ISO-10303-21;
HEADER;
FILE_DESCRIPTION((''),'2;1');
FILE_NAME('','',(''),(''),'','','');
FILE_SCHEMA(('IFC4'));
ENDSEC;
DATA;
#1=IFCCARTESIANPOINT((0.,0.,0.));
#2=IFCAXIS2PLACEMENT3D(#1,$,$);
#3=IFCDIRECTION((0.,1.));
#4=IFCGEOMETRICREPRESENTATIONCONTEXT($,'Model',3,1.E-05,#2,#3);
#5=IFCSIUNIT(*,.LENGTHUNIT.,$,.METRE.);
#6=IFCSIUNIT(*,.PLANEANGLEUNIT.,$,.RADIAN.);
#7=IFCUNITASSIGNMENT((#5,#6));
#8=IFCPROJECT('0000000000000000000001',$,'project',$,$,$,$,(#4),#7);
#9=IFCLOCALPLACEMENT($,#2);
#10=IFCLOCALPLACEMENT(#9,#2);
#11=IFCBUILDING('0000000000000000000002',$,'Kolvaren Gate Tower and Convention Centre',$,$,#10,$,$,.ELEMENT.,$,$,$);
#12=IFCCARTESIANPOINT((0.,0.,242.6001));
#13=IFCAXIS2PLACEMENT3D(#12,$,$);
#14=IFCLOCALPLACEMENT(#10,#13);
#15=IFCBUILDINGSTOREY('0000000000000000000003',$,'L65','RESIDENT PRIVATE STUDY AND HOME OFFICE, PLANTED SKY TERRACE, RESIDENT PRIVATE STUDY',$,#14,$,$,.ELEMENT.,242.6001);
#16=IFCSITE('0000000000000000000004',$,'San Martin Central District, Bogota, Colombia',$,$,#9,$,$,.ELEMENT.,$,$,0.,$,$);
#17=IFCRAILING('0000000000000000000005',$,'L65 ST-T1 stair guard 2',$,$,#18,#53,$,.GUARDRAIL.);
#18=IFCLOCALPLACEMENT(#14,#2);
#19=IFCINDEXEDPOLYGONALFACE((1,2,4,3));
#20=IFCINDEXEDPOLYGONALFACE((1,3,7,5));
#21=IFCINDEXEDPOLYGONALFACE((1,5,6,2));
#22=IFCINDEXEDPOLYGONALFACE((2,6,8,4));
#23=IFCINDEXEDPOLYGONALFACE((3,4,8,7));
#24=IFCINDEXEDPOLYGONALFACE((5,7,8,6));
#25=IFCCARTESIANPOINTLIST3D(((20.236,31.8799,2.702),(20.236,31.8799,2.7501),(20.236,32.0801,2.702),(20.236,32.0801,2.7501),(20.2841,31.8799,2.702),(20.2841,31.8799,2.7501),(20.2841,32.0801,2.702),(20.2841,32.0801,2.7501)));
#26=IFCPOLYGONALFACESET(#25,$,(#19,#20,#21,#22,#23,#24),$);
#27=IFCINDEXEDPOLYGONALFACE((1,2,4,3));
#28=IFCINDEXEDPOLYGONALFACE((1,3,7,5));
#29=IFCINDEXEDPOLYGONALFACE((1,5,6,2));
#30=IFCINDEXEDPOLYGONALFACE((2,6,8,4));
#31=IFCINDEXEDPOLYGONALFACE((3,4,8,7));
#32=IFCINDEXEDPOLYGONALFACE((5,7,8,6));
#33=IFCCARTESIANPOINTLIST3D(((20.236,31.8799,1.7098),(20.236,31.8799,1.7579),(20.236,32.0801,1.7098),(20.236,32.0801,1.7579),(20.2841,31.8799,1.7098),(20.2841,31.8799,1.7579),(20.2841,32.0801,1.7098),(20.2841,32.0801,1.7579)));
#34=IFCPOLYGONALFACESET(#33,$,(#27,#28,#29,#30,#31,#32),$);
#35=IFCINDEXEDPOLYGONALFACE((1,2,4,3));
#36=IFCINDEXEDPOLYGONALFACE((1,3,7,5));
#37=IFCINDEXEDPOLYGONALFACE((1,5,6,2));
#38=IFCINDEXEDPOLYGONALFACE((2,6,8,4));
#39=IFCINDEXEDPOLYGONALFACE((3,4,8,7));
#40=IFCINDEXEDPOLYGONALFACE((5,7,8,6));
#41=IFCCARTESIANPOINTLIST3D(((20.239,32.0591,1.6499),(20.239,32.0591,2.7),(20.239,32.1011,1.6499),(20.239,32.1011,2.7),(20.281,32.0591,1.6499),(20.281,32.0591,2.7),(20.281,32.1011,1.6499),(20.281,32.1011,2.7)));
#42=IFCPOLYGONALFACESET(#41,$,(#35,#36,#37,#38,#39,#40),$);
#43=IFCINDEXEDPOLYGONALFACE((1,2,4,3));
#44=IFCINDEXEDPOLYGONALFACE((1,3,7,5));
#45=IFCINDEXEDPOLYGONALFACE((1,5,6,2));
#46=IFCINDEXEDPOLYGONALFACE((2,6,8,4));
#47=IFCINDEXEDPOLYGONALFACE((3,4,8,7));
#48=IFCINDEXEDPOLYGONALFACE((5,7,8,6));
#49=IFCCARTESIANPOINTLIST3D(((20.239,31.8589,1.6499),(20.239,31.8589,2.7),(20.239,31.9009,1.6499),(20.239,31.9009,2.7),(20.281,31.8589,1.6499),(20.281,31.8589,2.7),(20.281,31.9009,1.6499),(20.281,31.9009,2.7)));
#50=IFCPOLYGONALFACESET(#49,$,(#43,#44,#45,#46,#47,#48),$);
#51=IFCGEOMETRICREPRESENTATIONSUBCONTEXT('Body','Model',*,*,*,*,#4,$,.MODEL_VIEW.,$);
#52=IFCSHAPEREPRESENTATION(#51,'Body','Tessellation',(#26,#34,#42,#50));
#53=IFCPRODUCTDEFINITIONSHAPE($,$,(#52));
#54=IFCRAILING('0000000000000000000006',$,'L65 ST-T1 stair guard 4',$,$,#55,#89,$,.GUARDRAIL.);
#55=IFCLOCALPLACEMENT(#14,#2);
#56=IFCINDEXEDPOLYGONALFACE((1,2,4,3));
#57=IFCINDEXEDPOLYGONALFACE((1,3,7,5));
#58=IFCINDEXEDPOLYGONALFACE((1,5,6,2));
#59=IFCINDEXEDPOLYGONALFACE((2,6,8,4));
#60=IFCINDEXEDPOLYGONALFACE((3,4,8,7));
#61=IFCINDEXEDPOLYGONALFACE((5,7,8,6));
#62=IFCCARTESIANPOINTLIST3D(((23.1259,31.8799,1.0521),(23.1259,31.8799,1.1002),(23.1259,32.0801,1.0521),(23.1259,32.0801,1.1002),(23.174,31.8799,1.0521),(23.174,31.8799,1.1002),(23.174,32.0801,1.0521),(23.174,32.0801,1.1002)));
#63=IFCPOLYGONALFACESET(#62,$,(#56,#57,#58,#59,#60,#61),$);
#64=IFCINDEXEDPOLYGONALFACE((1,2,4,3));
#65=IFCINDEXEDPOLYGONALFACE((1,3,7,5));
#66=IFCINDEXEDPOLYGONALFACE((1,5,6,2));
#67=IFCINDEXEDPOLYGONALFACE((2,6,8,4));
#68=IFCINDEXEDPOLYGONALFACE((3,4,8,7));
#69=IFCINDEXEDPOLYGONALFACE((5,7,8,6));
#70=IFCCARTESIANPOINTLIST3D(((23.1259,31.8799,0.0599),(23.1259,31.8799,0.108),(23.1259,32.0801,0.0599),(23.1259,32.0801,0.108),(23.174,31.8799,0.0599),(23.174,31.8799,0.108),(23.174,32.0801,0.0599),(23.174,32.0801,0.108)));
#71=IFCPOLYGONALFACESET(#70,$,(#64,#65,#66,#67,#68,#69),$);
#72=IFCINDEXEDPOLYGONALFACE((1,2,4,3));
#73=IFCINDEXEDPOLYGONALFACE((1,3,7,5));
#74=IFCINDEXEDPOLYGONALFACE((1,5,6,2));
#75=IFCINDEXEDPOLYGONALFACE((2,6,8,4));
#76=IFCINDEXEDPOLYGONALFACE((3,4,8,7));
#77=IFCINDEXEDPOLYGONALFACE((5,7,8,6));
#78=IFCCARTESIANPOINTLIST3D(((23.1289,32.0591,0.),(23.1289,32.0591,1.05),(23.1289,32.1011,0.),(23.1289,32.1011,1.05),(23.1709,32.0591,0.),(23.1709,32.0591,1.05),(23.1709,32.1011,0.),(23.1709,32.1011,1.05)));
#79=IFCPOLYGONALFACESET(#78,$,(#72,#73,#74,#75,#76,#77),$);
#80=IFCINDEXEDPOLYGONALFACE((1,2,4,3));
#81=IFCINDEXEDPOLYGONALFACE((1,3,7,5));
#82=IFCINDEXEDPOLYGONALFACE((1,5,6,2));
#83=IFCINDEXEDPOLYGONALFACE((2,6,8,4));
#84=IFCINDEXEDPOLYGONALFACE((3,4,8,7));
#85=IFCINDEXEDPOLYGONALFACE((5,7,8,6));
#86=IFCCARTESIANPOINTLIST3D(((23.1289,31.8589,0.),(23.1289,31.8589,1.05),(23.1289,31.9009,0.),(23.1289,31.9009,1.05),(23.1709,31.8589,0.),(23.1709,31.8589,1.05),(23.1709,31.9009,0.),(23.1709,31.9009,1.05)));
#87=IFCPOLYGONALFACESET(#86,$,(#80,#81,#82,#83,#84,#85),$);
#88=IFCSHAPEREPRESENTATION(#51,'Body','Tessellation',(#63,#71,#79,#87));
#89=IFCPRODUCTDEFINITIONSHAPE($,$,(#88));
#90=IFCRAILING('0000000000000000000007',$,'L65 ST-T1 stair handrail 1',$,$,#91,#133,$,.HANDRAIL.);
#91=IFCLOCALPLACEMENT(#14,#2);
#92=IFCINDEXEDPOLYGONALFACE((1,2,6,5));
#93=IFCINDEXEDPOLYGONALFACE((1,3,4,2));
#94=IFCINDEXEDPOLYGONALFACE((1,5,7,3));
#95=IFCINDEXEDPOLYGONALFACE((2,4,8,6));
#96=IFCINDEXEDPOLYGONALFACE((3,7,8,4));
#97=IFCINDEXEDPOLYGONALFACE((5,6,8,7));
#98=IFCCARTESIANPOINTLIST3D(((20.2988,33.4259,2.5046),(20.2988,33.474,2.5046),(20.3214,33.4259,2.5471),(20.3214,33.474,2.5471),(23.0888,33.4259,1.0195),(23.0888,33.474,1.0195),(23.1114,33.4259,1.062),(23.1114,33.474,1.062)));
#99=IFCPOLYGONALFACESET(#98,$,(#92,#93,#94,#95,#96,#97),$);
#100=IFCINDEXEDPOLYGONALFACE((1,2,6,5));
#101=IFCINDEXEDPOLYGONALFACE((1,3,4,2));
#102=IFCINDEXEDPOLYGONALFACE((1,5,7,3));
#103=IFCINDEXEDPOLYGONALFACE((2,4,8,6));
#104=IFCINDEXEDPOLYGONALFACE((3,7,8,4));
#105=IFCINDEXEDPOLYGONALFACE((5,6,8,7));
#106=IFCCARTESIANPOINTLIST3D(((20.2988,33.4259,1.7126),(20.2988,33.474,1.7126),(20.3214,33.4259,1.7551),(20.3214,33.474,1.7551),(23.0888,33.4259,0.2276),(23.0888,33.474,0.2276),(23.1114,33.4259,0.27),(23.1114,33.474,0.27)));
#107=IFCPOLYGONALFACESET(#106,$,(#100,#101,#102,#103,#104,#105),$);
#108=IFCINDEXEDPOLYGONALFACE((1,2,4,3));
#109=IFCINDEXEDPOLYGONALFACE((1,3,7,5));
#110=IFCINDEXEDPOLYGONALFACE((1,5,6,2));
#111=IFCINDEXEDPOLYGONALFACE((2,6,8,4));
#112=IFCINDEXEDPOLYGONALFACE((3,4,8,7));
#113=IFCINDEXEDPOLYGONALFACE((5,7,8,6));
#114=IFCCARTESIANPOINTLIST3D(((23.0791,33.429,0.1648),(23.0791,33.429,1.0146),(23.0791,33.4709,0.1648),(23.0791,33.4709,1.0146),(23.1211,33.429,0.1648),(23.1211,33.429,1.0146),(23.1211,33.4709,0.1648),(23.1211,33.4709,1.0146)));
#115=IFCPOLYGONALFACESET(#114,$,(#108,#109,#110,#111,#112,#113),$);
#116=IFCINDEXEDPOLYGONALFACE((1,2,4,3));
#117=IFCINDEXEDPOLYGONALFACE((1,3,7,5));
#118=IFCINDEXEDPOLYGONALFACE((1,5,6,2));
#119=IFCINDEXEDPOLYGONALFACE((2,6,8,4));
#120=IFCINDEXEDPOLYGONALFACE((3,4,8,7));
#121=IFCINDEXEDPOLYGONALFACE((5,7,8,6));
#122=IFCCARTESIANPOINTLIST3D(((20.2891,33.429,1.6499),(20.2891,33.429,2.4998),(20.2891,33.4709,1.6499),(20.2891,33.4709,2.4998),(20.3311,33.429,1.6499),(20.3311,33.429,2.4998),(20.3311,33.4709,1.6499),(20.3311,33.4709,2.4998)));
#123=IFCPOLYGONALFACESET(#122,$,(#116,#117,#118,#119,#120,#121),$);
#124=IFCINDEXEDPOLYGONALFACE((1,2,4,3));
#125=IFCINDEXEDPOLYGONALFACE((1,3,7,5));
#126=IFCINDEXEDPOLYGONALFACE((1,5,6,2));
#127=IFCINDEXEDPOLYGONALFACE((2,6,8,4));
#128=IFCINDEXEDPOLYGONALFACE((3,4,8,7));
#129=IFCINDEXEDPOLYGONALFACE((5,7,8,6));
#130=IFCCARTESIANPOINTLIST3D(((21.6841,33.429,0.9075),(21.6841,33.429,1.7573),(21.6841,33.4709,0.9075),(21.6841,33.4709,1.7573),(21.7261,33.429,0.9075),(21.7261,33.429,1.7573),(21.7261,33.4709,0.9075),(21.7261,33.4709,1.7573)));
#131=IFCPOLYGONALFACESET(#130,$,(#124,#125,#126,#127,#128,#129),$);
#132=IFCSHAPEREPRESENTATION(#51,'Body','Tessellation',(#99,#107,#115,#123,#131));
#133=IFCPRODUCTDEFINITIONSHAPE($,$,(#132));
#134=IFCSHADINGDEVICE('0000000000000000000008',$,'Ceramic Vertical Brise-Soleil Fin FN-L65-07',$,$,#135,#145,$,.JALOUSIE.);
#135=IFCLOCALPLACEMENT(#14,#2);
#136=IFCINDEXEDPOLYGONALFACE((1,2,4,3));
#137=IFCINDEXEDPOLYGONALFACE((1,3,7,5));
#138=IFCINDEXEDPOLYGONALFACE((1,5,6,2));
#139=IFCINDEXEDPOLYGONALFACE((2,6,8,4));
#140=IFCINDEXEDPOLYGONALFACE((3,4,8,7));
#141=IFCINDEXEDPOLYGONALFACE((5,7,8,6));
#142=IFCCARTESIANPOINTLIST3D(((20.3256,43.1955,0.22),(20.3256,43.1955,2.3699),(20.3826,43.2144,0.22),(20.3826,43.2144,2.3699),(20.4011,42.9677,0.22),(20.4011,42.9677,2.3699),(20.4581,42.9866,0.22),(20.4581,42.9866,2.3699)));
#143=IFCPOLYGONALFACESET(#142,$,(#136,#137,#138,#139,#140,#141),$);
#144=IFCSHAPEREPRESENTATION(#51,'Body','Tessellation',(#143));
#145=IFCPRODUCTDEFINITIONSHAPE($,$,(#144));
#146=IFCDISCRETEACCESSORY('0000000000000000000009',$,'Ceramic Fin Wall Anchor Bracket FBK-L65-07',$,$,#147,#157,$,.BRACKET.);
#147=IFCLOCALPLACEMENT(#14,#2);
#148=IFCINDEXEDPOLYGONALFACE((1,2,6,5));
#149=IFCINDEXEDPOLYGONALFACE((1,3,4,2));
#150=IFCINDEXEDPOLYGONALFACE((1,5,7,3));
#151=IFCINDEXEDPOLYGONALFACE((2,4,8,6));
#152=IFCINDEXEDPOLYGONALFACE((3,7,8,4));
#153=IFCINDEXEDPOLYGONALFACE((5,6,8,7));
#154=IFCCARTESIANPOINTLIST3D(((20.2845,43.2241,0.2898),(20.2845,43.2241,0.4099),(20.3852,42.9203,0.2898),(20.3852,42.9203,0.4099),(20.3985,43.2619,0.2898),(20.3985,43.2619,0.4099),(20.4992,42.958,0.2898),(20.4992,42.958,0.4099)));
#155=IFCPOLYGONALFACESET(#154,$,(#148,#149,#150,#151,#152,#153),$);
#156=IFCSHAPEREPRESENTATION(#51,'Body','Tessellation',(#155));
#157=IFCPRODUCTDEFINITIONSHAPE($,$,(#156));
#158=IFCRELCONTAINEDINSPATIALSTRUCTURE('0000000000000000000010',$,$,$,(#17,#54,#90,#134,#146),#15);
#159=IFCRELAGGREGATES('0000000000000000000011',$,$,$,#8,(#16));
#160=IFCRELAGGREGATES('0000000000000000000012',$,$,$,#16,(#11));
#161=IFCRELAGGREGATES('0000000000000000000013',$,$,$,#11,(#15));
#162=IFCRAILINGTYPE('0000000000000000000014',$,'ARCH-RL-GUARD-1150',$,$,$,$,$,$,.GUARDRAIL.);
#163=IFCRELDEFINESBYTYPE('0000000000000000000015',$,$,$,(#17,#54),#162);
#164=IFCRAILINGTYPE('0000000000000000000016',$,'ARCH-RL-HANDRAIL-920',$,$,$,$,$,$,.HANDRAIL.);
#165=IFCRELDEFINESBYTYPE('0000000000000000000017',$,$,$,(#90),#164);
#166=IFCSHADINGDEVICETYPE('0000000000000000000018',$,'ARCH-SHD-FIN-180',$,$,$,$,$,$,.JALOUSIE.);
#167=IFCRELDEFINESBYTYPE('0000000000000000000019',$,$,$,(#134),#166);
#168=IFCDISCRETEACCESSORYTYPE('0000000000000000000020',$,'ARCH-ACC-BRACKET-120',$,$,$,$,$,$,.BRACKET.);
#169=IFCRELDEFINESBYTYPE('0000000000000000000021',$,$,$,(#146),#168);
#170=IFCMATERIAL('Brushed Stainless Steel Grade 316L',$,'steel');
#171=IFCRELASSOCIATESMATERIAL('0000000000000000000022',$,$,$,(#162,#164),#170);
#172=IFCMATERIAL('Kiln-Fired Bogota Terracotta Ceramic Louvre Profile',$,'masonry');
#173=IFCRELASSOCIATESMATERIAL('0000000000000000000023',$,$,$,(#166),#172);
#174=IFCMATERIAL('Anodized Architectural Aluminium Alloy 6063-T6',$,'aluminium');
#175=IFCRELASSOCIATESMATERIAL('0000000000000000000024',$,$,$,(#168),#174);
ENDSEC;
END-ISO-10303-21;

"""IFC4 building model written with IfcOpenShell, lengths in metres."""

from ifc_helpers import new_model, si_unit, direction, frame, origin, origin_2d, place, context, subcontext, project, spatial, rectangle, extrude, material, type_object, element, save


model = new_model("IFC4")

# Units and contexts
model_context = context("Model", 3, precision=1e-05, world=origin(), true_north=direction((0.0, 1.0)))
body_context = subcontext(model_context, "Body", "Model", "MODEL_VIEW")
ifc_project = project(units=[si_unit("LENGTHUNIT", "METRE"), si_unit("PLANEANGLEUNIT", "RADIAN")], contexts=[model_context])

# Site, building, storey
site_placement = place(None, origin())
site = spatial("IfcSite", under=ifc_project, at=site_placement, Name="San Martin Central District, Bogota, Colombia", CompositionType="ELEMENT", RefElevation=0.0)
building_placement = place(site_placement, origin())
building = spatial("IfcBuilding", under=site, at=building_placement, Name="Kolvaren Gate Tower and Convention Centre", CompositionType="ELEMENT")
storey_placement = place(building_placement, frame((0.0, 0.0, 242.6001)))
storey = spatial("IfcBuildingStorey", under=building, at=storey_placement, Name="L65", Description="RESIDENT PRIVATE STUDY AND HOME OFFICE, PLANTED SKY TERRACE, RESIDENT PRIVATE STUDY", CompositionType="ELEMENT", Elevation=242.6001)

# Railings
ifc_material_1 = material(Name="Brushed Stainless Steel Grade 316L", Category="steel")
railing_type_1 = type_object("IfcRailingType", Name="ARCH-RL-GUARD-1150", PredefinedType="GUARDRAIL", material=ifc_material_1)
for number, where, name in (
    (1, (20.26, 32.0801, 1.6499), "L65 ST-T1 stair guard 2"),
    (2, (23.1499, 32.0801, 0.0), "L65 ST-T1 stair guard 4"),
):
    element("IfcRailing", number, at=place(storey_placement, frame(where)), inside=storey, type_object=railing_type_1, Name=name, PredefinedType="GUARDRAIL", context=body_context, shape_type="SweptSolid", body=[
        extrude(rectangle(XDim=0.0481, YDim=0.0481, at=origin_2d()), frame((0.0, 0.0, 1.0762), z_axis=(0.0, -1.0, 0.0), x_axis=(1.0, 0.0, 0.0)), (0.0, 0.0, 1.0), 0.2002),
        extrude(rectangle(XDim=0.0481, YDim=0.0481, at=origin_2d()), frame((0.0, 0.0, 0.084), z_axis=(0.0, -1.0, 0.0), x_axis=(1.0, 0.0, 0.0)), (0.0, 0.0, 1.0), 0.2002),
        extrude(rectangle(XDim=0.042, YDim=0.042, at=origin_2d()), origin(), (0.0, 0.0, 1.0), 1.05),
        extrude(rectangle(XDim=0.042, YDim=0.042, at=origin_2d()), frame((0.0, -0.2002, 0.0)), (0.0, 0.0, 1.0), 1.05),
    ])
railing_type_2 = type_object("IfcRailingType", Name="ARCH-RL-HANDRAIL-920", PredefinedType="HANDRAIL", material=ifc_material_1)
railing_1_placement = place(storey_placement, frame((23.1001, 33.45, 0.1648)))
element("IfcRailing", 3, at=railing_1_placement, inside=storey, type_object=railing_type_2, Name="L65 ST-T1 stair handrail 1", PredefinedType="HANDRAIL", context=body_context, shape_type="SweptSolid", body=[
    extrude(rectangle(XDim=0.0481, YDim=0.0481, at=origin_2d()), frame((0.0, 0.0, 0.876), z_axis=(-0.882735, 0.0, 0.46987), x_axis=(0.0, -1.0, 0.0)), (0.0, 0.0, 1.0), 3.1606),
    extrude(rectangle(XDim=0.0481, YDim=0.0481, at=origin_2d()), frame((0.0, 0.0, 0.084), z_axis=(-0.882735, 0.0, 0.46987), x_axis=(0.0, -1.0, 0.0)), (0.0, 0.0, 1.0), 3.1606),
    extrude(rectangle(XDim=0.042, YDim=0.042, at=origin_2d()), origin(), (0.0, 0.0, 1.0), 0.8499),
    extrude(rectangle(XDim=0.042, YDim=0.042, at=origin_2d()), frame((-2.79, 0.0, 1.4851)), (0.0, 0.0, 1.0), 0.8499),
    extrude(rectangle(XDim=0.042, YDim=0.042, at=origin_2d()), frame((-1.395, 0.0, 0.7427)), (0.0, 0.0, 1.0), 0.8499),
])

# Shading device
ifc_material_2 = material(Name="Kiln-Fired Bogota Terracotta Ceramic Louvre Profile", Category="masonry")
shading_device_type = type_object("IfcShadingDeviceType", Name="ARCH-SHD-FIN-180", PredefinedType="JALOUSIE", material=ifc_material_2)
shading_device_placement = place(storey_placement, frame((20.3918, 43.0911, 0.22), z_axis=(0.0, 0.0, 1.0), x_axis=(0.949242, 0.314548, 0.0)))
element("IfcShadingDevice", 4, at=shading_device_placement, inside=storey, type_object=shading_device_type, Name="Ceramic Vertical Brise-Soleil Fin FN-L65-07", PredefinedType="JALOUSIE", context=body_context, shape_type="SweptSolid", body=[
    extrude(rectangle(XDim=0.0601, YDim=0.24, at=origin_2d()), origin(), (0.0, 0.0, 1.0), 2.1499),
])

# Discrete accessory
ifc_material_3 = material(Name="Anodized Architectural Aluminium Alloy 6063-T6", Category="aluminium")
discrete_accessory_type = type_object("IfcDiscreteAccessoryType", Name="ARCH-ACC-BRACKET-120", PredefinedType="BRACKET", material=ifc_material_3)
discrete_accessory_placement = place(storey_placement, frame((20.3918, 43.0911, 0.2898), z_axis=(0.0, 0.0, 1.0), x_axis=(0.949242, 0.314548, 0.0)))
element("IfcDiscreteAccessory", 5, at=discrete_accessory_placement, inside=storey, type_object=discrete_accessory_type, Name="Ceramic Fin Wall Anchor Bracket FBK-L65-07", PredefinedType="BRACKET", context=body_context, shape_type="SweptSolid", body=[
    extrude(rectangle(XDim=0.1201, YDim=0.3201, at=origin_2d()), origin(), (0.0, 0.0, 1.0), 0.1201),
])

save(model, "model.ifc")
